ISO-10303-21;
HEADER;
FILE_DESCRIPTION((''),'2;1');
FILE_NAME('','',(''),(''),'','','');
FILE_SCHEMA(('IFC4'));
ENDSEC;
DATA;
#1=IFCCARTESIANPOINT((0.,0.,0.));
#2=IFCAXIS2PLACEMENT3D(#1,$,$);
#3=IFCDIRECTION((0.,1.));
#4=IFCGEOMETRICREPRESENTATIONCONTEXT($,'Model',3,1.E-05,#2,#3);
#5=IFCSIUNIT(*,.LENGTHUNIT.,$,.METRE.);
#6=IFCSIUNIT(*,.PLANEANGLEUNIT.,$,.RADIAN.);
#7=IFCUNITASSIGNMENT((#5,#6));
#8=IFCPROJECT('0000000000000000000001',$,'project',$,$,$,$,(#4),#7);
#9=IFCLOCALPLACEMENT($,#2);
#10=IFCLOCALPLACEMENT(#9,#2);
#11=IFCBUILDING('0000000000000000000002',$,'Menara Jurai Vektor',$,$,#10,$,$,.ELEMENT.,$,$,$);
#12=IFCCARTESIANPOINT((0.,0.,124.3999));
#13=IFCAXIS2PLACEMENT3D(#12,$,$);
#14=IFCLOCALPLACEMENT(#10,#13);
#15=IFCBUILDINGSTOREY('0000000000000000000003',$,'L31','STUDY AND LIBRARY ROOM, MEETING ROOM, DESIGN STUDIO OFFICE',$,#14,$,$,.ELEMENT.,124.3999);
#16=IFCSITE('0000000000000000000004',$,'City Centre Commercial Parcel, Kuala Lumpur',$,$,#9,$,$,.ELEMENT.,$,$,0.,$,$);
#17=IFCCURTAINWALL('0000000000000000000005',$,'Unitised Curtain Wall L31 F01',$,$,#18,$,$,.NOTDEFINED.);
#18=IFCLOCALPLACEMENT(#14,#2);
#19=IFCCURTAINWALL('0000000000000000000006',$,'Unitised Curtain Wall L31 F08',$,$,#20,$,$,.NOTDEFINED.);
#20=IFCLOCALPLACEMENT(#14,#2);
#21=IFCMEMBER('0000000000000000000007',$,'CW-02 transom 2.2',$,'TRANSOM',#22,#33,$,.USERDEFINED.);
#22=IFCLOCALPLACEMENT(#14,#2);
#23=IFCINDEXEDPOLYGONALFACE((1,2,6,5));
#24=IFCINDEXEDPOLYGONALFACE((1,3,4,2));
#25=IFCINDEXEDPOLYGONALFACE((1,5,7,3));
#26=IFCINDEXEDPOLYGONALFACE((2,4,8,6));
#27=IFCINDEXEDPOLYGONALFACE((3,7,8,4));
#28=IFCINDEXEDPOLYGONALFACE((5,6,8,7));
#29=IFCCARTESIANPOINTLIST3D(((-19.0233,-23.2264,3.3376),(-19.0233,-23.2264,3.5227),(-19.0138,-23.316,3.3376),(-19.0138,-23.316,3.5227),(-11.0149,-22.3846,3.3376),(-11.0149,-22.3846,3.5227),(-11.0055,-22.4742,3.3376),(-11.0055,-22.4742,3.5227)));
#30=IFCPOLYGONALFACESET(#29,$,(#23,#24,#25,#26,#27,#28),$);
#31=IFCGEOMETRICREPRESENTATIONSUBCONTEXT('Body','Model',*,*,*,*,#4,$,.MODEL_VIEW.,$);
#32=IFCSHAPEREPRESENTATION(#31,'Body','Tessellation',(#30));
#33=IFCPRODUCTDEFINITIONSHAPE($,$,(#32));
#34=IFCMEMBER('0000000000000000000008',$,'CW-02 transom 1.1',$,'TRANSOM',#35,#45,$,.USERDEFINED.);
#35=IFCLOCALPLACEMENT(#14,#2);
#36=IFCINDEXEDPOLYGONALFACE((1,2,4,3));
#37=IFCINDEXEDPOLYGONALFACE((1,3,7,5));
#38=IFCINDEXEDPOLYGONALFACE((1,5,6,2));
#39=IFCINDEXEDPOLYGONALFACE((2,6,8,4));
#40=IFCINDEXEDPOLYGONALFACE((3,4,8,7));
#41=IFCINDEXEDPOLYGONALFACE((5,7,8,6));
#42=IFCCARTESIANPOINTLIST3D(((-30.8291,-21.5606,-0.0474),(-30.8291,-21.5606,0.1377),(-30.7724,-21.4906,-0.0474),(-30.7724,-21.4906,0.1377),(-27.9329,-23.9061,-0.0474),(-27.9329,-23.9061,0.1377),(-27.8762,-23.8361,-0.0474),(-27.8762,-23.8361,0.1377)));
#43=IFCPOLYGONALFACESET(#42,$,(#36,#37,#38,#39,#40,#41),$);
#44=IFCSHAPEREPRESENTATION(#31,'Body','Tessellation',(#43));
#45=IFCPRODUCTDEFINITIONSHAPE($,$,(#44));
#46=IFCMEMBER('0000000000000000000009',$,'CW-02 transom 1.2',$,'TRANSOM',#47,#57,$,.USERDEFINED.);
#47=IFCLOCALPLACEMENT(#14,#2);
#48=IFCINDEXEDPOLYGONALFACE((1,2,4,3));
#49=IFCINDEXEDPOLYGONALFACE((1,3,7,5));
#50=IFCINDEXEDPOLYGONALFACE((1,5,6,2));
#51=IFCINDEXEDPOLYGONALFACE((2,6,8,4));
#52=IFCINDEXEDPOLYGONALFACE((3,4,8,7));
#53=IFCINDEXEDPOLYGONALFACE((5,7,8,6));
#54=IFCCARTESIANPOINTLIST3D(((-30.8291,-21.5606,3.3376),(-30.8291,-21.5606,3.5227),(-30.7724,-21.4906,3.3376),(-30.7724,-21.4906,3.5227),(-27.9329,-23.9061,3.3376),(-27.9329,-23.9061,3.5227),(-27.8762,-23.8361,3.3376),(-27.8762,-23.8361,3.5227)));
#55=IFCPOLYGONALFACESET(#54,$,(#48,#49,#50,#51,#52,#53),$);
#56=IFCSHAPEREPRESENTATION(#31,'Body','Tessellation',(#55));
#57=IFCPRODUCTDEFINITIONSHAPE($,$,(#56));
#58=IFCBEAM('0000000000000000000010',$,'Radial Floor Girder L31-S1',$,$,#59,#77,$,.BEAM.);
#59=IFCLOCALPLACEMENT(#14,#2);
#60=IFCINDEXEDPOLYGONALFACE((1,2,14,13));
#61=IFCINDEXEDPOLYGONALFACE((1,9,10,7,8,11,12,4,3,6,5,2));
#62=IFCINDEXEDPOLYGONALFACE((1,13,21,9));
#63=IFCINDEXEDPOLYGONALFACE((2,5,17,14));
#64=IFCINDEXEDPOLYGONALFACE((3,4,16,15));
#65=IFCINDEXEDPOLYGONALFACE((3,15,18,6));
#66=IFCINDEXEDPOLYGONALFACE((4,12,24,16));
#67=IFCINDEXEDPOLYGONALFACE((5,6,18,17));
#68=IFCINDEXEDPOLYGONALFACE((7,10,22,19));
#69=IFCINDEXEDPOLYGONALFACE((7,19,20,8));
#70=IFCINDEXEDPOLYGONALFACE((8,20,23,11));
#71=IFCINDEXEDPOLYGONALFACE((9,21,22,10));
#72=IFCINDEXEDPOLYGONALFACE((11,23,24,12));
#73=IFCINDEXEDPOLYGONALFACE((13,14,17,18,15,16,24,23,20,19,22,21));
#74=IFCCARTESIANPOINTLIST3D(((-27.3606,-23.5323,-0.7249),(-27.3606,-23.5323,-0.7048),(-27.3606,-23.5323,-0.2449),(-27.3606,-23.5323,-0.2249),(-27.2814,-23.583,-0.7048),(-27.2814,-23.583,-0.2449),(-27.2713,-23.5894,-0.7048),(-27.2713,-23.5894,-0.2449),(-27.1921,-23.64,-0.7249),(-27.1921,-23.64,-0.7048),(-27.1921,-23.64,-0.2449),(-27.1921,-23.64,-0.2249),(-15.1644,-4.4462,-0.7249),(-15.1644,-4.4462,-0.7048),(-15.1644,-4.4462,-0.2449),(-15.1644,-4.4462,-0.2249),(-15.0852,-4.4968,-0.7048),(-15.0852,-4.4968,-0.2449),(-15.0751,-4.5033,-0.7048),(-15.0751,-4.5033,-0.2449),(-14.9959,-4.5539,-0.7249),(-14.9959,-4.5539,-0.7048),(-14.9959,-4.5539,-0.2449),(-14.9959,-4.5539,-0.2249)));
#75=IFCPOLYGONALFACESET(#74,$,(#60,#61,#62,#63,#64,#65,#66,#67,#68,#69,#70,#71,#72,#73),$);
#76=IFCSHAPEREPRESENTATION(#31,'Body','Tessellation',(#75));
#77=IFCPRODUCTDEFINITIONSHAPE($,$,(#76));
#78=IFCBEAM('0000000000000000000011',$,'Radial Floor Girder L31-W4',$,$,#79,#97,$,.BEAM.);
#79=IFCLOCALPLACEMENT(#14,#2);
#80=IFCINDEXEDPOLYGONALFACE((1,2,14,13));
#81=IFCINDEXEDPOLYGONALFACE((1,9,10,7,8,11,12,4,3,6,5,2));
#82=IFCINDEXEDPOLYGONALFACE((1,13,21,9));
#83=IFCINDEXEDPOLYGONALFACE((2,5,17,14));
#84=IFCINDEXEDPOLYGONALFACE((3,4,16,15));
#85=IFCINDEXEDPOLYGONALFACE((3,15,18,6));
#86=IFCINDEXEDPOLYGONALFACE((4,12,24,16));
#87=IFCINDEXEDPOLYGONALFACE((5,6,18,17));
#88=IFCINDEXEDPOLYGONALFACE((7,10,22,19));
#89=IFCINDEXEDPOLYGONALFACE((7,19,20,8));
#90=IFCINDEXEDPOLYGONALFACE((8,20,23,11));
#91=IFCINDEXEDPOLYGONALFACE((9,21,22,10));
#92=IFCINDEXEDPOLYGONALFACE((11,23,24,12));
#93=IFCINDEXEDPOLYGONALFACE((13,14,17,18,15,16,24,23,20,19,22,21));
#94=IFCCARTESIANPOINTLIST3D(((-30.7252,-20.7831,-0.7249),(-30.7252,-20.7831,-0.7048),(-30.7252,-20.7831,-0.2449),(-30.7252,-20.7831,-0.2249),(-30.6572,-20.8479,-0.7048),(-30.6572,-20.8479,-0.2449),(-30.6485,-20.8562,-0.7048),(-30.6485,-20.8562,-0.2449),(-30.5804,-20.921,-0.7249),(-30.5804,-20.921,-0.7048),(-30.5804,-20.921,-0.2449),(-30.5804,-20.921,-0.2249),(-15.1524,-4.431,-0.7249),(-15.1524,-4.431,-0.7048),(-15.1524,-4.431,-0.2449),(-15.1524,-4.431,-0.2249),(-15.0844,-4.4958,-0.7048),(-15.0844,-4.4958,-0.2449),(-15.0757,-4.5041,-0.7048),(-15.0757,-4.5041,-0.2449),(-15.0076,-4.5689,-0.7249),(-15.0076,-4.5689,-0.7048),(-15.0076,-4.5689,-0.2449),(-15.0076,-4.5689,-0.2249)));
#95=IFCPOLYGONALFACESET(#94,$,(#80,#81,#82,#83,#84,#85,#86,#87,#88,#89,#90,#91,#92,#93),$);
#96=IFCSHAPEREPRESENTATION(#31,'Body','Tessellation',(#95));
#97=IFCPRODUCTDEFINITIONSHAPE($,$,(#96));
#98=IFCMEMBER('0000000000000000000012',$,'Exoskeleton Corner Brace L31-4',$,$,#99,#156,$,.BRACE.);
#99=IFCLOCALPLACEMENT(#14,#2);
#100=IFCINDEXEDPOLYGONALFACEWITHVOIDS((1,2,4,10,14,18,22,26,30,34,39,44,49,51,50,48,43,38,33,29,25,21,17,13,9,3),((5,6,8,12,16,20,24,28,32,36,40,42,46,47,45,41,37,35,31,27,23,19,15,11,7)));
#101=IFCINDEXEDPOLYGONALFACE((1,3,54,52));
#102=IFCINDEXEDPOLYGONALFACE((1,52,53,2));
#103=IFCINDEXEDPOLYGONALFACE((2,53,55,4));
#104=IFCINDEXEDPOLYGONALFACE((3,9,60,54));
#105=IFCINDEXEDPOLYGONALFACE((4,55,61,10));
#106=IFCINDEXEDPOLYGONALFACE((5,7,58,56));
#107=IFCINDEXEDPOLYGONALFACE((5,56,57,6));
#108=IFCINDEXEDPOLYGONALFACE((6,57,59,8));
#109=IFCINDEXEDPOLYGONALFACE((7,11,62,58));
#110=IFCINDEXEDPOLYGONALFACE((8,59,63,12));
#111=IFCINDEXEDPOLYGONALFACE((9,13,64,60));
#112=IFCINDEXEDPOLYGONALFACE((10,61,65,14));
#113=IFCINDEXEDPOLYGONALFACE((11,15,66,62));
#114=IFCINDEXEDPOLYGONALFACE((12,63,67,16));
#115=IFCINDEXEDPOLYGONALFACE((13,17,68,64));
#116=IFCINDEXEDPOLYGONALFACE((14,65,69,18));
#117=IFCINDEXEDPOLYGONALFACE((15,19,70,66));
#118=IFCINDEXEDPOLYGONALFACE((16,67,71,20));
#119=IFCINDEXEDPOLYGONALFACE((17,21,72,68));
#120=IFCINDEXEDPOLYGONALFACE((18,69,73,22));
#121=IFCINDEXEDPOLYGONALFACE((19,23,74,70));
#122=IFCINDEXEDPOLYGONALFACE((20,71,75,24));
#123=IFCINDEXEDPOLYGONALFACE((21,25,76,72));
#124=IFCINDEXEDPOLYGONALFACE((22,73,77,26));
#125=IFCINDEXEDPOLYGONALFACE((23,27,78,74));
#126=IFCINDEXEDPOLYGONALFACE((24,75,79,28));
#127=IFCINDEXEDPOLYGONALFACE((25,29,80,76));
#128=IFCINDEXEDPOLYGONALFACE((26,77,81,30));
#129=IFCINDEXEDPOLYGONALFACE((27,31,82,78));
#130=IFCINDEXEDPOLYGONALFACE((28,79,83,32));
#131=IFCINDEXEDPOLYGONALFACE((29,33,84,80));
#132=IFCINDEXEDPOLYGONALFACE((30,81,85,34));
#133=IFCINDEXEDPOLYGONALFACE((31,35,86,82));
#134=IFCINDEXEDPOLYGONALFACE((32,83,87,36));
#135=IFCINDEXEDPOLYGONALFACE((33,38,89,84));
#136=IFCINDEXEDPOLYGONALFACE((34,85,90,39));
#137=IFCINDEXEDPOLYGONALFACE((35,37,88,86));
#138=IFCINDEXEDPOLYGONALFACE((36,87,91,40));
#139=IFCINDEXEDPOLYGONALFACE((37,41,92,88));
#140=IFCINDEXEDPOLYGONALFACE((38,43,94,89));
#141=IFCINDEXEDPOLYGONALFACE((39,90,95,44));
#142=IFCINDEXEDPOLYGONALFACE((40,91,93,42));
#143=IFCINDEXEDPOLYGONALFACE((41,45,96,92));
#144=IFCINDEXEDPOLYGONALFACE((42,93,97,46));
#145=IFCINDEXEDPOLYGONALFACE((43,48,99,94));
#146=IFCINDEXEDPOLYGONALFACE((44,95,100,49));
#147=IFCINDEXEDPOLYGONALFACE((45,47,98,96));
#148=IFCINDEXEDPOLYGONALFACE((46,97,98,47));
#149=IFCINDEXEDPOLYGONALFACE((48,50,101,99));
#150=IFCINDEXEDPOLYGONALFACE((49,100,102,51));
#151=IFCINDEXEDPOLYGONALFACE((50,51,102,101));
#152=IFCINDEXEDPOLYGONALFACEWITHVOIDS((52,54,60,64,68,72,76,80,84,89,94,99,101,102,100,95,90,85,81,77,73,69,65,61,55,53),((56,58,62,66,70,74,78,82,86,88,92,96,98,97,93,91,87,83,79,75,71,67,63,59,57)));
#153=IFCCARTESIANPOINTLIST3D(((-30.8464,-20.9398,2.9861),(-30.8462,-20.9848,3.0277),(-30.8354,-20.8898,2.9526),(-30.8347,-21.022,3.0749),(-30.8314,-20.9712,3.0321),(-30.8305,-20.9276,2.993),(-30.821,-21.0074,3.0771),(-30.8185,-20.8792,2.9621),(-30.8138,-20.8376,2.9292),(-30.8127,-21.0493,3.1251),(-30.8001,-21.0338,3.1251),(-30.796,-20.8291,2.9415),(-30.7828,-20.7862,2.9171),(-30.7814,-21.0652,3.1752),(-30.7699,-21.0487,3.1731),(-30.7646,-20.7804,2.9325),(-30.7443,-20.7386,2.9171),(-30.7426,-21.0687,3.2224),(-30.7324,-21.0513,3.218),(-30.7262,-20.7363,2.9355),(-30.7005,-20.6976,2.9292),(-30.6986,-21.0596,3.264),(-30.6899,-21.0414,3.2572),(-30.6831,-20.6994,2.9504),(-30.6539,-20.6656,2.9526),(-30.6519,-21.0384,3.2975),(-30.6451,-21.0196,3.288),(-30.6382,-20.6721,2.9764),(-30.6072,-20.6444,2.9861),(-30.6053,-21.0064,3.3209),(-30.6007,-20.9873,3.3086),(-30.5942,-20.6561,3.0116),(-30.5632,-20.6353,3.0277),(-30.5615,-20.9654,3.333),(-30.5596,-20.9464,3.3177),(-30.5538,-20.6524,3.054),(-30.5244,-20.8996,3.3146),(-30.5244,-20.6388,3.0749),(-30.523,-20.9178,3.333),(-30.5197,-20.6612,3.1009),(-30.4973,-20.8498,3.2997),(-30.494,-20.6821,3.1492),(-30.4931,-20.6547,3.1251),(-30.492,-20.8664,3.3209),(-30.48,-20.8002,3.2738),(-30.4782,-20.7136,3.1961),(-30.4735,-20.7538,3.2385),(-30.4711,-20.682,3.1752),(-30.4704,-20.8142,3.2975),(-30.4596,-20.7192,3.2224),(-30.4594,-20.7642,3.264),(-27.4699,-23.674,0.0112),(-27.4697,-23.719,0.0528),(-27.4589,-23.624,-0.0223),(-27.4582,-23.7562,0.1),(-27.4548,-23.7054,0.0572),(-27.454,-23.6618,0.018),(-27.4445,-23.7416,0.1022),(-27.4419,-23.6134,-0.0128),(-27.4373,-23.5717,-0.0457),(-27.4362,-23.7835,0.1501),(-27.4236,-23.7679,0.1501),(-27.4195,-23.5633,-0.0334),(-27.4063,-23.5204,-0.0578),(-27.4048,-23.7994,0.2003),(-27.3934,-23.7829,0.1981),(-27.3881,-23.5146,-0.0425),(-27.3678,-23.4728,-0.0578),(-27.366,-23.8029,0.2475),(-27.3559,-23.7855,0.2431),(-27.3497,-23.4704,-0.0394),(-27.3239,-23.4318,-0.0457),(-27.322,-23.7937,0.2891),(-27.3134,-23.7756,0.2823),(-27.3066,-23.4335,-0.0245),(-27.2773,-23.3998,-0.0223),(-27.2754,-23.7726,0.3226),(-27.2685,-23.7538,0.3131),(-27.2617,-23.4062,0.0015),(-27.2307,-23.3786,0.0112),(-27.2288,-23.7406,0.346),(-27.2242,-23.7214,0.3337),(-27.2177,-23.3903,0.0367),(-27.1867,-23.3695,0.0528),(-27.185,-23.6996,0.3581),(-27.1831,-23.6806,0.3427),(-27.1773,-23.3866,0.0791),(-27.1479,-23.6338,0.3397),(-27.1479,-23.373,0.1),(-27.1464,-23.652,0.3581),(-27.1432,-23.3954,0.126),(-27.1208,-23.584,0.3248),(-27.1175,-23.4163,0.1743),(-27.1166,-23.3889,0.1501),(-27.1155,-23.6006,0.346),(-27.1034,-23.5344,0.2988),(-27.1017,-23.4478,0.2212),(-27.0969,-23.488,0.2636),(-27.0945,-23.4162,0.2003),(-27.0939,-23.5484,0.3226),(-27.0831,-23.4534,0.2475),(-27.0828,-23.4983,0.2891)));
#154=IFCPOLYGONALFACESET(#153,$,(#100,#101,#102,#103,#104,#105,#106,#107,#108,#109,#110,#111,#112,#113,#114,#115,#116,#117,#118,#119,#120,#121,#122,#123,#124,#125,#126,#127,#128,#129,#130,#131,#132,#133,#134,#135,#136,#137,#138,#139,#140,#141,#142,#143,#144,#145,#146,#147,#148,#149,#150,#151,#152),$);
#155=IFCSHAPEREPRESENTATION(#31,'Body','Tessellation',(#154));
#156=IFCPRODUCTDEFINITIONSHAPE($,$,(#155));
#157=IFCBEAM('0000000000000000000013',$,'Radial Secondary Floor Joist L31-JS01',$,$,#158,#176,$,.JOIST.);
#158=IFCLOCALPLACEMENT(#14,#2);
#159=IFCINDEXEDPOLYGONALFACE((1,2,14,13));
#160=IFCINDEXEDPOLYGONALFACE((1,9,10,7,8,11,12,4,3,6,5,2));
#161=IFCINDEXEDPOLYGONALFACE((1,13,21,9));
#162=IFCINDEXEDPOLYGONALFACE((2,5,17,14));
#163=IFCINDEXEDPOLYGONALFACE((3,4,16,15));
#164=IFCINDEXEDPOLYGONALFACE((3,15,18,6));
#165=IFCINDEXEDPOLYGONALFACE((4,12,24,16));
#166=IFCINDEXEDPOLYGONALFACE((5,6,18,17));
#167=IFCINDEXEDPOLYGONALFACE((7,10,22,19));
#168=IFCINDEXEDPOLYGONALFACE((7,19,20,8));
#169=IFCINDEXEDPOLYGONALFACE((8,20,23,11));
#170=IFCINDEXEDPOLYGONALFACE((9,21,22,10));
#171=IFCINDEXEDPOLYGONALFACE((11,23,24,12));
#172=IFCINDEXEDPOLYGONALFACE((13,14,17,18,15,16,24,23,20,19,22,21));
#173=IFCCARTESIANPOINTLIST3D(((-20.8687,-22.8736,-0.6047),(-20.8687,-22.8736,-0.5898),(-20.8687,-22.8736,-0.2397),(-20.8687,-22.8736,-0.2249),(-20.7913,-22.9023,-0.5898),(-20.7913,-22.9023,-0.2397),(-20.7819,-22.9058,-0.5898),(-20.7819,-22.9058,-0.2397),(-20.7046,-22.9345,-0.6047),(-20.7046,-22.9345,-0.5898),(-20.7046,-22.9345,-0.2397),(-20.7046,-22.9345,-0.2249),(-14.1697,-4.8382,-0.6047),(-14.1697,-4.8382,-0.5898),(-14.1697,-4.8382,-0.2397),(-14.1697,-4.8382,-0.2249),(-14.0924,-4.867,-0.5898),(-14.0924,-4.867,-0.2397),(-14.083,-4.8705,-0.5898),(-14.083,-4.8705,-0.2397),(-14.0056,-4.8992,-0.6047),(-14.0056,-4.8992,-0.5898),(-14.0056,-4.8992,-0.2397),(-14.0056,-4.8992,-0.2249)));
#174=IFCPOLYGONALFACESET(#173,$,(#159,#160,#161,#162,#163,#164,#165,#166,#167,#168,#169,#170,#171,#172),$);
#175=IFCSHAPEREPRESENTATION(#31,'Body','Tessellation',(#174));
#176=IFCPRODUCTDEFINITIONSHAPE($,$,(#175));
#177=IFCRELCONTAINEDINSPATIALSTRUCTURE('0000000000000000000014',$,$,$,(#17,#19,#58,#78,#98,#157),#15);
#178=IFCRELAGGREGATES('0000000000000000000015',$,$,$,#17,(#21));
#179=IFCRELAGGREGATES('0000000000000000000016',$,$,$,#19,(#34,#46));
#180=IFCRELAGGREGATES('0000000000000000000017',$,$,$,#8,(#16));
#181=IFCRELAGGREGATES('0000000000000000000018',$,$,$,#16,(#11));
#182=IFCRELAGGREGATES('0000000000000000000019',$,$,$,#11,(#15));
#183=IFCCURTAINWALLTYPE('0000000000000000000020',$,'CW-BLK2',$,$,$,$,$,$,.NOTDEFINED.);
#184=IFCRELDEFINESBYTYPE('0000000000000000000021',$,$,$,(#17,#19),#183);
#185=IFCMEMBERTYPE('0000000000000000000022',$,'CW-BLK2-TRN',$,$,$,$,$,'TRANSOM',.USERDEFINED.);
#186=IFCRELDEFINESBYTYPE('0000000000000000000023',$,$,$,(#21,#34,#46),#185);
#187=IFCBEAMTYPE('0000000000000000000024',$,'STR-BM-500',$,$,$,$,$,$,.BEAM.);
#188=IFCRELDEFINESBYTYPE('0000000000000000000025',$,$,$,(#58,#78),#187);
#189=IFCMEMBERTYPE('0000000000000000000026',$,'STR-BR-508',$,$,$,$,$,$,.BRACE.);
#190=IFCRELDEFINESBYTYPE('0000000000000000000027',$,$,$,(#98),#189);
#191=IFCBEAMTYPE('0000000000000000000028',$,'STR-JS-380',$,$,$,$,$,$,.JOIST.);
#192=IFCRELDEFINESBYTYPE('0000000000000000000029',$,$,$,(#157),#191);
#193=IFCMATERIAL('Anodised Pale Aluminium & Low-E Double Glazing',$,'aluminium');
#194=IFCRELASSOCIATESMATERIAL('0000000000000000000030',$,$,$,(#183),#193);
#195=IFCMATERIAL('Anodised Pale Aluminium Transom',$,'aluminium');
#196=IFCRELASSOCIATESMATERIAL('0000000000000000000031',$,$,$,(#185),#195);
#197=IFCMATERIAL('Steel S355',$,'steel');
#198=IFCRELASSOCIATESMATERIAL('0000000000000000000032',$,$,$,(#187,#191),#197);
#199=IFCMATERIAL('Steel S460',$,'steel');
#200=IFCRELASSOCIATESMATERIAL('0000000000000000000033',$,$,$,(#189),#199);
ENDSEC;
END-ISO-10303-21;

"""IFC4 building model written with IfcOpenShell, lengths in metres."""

from ifc_helpers import new_model, si_unit, direction, frame, origin, origin_2d, place, context, subcontext, project, spatial, rectangle, hollow_circle, i_section, extrude, material, material_profile, profile_set, type_object, element, aggregate, save


model = new_model("IFC4")

# Units and contexts
model_context = context("Model", 3, precision=1e-05, world=origin(), true_north=direction((0.0, 1.0)))
body_context = subcontext(model_context, "Body", "Model", "MODEL_VIEW")
ifc_project = project(units=[si_unit("LENGTHUNIT", "METRE"), si_unit("PLANEANGLEUNIT", "RADIAN")], contexts=[model_context])

# Site, building, storey
site_placement = place(None, origin())
site = spatial("IfcSite", under=ifc_project, at=site_placement, Name="City Centre Commercial Parcel, Kuala Lumpur", CompositionType="ELEMENT", RefElevation=0.0)
building_placement = place(site_placement, origin())
building = spatial("IfcBuilding", under=site, at=building_placement, Name="Menara Jurai Vektor", CompositionType="ELEMENT")
storey_placement = place(building_placement, frame((0.0, 0.0, 124.3999)))
storey = spatial("IfcBuildingStorey", under=building, at=storey_placement, Name="L31", Description="STUDY AND LIBRARY ROOM, MEETING ROOM, DESIGN STUDIO OFFICE", CompositionType="ELEMENT", Elevation=124.3999)

# Shared definitions
ifc_material_1 = material(Name="Steel S460", Category="steel")

# Curtain walls
ifc_material_2 = material(Name="Anodised Pale Aluminium & Low-E Double Glazing", Category="aluminium")
curtain_wall_type = type_object("IfcCurtainWallType", Name="CW-BLK2", PredefinedType="NOTDEFINED", material=ifc_material_2)
curtain_wall_1_placement = place(storey_placement, origin())
curtain_wall_1 = element("IfcCurtainWall", 1, at=curtain_wall_1_placement, inside=storey, type_object=curtain_wall_type, Name="Unitised Curtain Wall L31 F01", PredefinedType="NOTDEFINED")
curtain_wall_2_placement = place(storey_placement, origin())
curtain_wall_2 = element("IfcCurtainWall", 2, at=curtain_wall_2_placement, inside=storey, type_object=curtain_wall_type, Name="Unitised Curtain Wall L31 F08", PredefinedType="NOTDEFINED")

# Members
ifc_material_3 = material(Name="Anodised Pale Aluminium Transom", Category="aluminium")
ifc_material_profile_1 = material_profile(ifc_material_3, rectangle(XDim=0.0901, YDim=0.1851, at=origin_2d()), Name="ALU TRN 90x185")
ifc_profile_set_1 = profile_set([ifc_material_profile_1], Name="Anodised Pale Aluminium Transom")
member_type_1 = type_object("IfcMemberType", Name="CW-BLK2-TRN", ElementType="TRANSOM", PredefinedType="USERDEFINED", material=ifc_profile_set_1)
member_1_placement = place(storey_placement, frame((-19.0186, -23.2712, 3.4302), z_axis=(0.994521, 0.10454, 0.0), x_axis=(-0.10454, 0.994521, 0.0)))
member_1 = element("IfcMember", 3, at=member_1_placement, type_object=member_type_1, Name="CW-02 transom 2.2", ObjectType="TRANSOM", PredefinedType="USERDEFINED", context=body_context, shape_type="SweptSolid", body=[
    extrude(rectangle(XDim=0.0901, YDim=0.1851, at=origin_2d()), origin(), (0.0, 0.0, 1.0), 8.0525),
])
member_2_placement = place(storey_placement, frame((-30.8008, -21.5256, 0.0452), z_axis=(0.777129, -0.629341, 0.0), x_axis=(0.629341, 0.777129, 0.0)))
member_2 = element("IfcMember", 4, at=member_2_placement, type_object=member_type_1, Name="CW-02 transom 1.1", ObjectType="TRANSOM", PredefinedType="USERDEFINED", context=body_context, shape_type="SweptSolid", body=[
    extrude(rectangle(XDim=0.0901, YDim=0.1851, at=origin_2d()), origin(), (0.0, 0.0, 1.0), 3.7268),
])
member_3_placement = place(storey_placement, frame((-30.8008, -21.5256, 3.4302), z_axis=(0.777129, -0.629341, 0.0), x_axis=(0.629341, 0.777129, 0.0)))
member_3 = element("IfcMember", 5, at=member_3_placement, type_object=member_type_1, Name="CW-02 transom 1.2", ObjectType="TRANSOM", PredefinedType="USERDEFINED", context=body_context, shape_type="SweptSolid", body=[
    extrude(rectangle(XDim=0.0901, YDim=0.1851, at=origin_2d()), origin(), (0.0, 0.0, 1.0), 3.7268),
])

# Beams
ifc_material_4 = material(Name="Steel S355", Category="steel")
ifc_material_profile_2 = material_profile(ifc_material_4, i_section(OverallWidth=0.2, OverallDepth=0.5, WebThickness=0.012, FlangeThickness=0.02, at=origin_2d()), Name="PG 500x200x96")
ifc_profile_set_2 = profile_set([ifc_material_profile_2], Name="Steel S355")
beam_type_1 = type_object("IfcBeamType", Name="STR-BM-500", PredefinedType="BEAM", material=ifc_profile_set_2)
beam_1_placement = place(storey_placement, frame((-27.2764, -23.5862, -0.4749), z_axis=(0.538463, 0.842649, 0.0), x_axis=(-0.842649, 0.538463, 0.0)))
element("IfcBeam", 6, at=beam_1_placement, inside=storey, type_object=beam_type_1, Name="Radial Floor Girder L31-S1", PredefinedType="BEAM", context=body_context, shape_type="SweptSolid", body=[
    extrude(i_section(OverallWidth=0.2, OverallDepth=0.5, WebThickness=0.012, FlangeThickness=0.02, at=origin_2d()), origin(), (0.0, 0.0, 1.0), 22.6501),
])
beam_2_placement = place(storey_placement, frame((-30.6528, -20.8521, -0.4749), z_axis=(0.689641, 0.724152, 0.0), x_axis=(-0.724152, 0.689641, 0.0)))
element("IfcBeam", 7, at=beam_2_placement, inside=storey, type_object=beam_type_1, Name="Radial Floor Girder L31-W4", PredefinedType="BEAM", context=body_context, shape_type="SweptSolid", body=[
    extrude(i_section(OverallWidth=0.2, OverallDepth=0.5, WebThickness=0.012, FlangeThickness=0.02, at=origin_2d()), origin(), (0.0, 0.0, 1.0), 22.5811),
])

# Member
ifc_material_profile_3 = material_profile(ifc_material_1, hollow_circle(Radius=0.2539, WallThickness=0.02, at=origin_2d()), Name="CHS 508x20")
ifc_profile_set_3 = profile_set([ifc_material_profile_3], Name="Steel S460")
member_type_2 = type_object("IfcMemberType", Name="STR-BR-508", PredefinedType="BRACE", material=ifc_profile_set_3)
member_4_placement = place(storey_placement, frame((-27.2764, -23.5862, 0.1501), z_axis=(-0.64124, 0.519251, 0.564968), x_axis=(-0.62931, -0.777155, 0.0)))
element("IfcMember", 8, at=member_4_placement, inside=storey, type_object=member_type_2, Name="Exoskeleton Corner Brace L31-4", PredefinedType="BRACE", context=body_context, shape_type="SweptSolid", body=[
    extrude(hollow_circle(Radius=0.2539, WallThickness=0.02, at=origin_2d()), origin(), (0.0, 0.0, 1.0), 5.2656),
])

# Beam
ifc_material_profile_4 = material_profile(ifc_material_4, i_section(OverallWidth=0.175, OverallDepth=0.3799, WebThickness=0.01, FlangeThickness=0.0149, at=origin_2d()), Name="PG 380x175x58")
ifc_profile_set_4 = profile_set([ifc_material_profile_4], Name="Steel S355")
beam_type_2 = type_object("IfcBeamType", Name="STR-JS-380", PredefinedType="JOIST", material=ifc_profile_set_4)
beam_3_placement = place(storey_placement, frame((-20.7866, -22.9041, -0.4148), z_axis=(0.348192, 0.937423, 0.0), x_axis=(-0.937423, 0.348192, 0.0)))
element("IfcBeam", 9, at=beam_3_placement, inside=storey, type_object=beam_type_2, Name="Radial Secondary Floor Joist L31-JS01", PredefinedType="JOIST", context=body_context, shape_type="SweptSolid", body=[
    extrude(i_section(OverallWidth=0.175, OverallDepth=0.3799, WebThickness=0.01, FlangeThickness=0.0149, at=origin_2d()), origin(), (0.0, 0.0, 1.0), 19.2393),
])

aggregate(curtain_wall_1, [member_1])
aggregate(curtain_wall_2, [member_2, member_3])

save(model, "model.ifc")
